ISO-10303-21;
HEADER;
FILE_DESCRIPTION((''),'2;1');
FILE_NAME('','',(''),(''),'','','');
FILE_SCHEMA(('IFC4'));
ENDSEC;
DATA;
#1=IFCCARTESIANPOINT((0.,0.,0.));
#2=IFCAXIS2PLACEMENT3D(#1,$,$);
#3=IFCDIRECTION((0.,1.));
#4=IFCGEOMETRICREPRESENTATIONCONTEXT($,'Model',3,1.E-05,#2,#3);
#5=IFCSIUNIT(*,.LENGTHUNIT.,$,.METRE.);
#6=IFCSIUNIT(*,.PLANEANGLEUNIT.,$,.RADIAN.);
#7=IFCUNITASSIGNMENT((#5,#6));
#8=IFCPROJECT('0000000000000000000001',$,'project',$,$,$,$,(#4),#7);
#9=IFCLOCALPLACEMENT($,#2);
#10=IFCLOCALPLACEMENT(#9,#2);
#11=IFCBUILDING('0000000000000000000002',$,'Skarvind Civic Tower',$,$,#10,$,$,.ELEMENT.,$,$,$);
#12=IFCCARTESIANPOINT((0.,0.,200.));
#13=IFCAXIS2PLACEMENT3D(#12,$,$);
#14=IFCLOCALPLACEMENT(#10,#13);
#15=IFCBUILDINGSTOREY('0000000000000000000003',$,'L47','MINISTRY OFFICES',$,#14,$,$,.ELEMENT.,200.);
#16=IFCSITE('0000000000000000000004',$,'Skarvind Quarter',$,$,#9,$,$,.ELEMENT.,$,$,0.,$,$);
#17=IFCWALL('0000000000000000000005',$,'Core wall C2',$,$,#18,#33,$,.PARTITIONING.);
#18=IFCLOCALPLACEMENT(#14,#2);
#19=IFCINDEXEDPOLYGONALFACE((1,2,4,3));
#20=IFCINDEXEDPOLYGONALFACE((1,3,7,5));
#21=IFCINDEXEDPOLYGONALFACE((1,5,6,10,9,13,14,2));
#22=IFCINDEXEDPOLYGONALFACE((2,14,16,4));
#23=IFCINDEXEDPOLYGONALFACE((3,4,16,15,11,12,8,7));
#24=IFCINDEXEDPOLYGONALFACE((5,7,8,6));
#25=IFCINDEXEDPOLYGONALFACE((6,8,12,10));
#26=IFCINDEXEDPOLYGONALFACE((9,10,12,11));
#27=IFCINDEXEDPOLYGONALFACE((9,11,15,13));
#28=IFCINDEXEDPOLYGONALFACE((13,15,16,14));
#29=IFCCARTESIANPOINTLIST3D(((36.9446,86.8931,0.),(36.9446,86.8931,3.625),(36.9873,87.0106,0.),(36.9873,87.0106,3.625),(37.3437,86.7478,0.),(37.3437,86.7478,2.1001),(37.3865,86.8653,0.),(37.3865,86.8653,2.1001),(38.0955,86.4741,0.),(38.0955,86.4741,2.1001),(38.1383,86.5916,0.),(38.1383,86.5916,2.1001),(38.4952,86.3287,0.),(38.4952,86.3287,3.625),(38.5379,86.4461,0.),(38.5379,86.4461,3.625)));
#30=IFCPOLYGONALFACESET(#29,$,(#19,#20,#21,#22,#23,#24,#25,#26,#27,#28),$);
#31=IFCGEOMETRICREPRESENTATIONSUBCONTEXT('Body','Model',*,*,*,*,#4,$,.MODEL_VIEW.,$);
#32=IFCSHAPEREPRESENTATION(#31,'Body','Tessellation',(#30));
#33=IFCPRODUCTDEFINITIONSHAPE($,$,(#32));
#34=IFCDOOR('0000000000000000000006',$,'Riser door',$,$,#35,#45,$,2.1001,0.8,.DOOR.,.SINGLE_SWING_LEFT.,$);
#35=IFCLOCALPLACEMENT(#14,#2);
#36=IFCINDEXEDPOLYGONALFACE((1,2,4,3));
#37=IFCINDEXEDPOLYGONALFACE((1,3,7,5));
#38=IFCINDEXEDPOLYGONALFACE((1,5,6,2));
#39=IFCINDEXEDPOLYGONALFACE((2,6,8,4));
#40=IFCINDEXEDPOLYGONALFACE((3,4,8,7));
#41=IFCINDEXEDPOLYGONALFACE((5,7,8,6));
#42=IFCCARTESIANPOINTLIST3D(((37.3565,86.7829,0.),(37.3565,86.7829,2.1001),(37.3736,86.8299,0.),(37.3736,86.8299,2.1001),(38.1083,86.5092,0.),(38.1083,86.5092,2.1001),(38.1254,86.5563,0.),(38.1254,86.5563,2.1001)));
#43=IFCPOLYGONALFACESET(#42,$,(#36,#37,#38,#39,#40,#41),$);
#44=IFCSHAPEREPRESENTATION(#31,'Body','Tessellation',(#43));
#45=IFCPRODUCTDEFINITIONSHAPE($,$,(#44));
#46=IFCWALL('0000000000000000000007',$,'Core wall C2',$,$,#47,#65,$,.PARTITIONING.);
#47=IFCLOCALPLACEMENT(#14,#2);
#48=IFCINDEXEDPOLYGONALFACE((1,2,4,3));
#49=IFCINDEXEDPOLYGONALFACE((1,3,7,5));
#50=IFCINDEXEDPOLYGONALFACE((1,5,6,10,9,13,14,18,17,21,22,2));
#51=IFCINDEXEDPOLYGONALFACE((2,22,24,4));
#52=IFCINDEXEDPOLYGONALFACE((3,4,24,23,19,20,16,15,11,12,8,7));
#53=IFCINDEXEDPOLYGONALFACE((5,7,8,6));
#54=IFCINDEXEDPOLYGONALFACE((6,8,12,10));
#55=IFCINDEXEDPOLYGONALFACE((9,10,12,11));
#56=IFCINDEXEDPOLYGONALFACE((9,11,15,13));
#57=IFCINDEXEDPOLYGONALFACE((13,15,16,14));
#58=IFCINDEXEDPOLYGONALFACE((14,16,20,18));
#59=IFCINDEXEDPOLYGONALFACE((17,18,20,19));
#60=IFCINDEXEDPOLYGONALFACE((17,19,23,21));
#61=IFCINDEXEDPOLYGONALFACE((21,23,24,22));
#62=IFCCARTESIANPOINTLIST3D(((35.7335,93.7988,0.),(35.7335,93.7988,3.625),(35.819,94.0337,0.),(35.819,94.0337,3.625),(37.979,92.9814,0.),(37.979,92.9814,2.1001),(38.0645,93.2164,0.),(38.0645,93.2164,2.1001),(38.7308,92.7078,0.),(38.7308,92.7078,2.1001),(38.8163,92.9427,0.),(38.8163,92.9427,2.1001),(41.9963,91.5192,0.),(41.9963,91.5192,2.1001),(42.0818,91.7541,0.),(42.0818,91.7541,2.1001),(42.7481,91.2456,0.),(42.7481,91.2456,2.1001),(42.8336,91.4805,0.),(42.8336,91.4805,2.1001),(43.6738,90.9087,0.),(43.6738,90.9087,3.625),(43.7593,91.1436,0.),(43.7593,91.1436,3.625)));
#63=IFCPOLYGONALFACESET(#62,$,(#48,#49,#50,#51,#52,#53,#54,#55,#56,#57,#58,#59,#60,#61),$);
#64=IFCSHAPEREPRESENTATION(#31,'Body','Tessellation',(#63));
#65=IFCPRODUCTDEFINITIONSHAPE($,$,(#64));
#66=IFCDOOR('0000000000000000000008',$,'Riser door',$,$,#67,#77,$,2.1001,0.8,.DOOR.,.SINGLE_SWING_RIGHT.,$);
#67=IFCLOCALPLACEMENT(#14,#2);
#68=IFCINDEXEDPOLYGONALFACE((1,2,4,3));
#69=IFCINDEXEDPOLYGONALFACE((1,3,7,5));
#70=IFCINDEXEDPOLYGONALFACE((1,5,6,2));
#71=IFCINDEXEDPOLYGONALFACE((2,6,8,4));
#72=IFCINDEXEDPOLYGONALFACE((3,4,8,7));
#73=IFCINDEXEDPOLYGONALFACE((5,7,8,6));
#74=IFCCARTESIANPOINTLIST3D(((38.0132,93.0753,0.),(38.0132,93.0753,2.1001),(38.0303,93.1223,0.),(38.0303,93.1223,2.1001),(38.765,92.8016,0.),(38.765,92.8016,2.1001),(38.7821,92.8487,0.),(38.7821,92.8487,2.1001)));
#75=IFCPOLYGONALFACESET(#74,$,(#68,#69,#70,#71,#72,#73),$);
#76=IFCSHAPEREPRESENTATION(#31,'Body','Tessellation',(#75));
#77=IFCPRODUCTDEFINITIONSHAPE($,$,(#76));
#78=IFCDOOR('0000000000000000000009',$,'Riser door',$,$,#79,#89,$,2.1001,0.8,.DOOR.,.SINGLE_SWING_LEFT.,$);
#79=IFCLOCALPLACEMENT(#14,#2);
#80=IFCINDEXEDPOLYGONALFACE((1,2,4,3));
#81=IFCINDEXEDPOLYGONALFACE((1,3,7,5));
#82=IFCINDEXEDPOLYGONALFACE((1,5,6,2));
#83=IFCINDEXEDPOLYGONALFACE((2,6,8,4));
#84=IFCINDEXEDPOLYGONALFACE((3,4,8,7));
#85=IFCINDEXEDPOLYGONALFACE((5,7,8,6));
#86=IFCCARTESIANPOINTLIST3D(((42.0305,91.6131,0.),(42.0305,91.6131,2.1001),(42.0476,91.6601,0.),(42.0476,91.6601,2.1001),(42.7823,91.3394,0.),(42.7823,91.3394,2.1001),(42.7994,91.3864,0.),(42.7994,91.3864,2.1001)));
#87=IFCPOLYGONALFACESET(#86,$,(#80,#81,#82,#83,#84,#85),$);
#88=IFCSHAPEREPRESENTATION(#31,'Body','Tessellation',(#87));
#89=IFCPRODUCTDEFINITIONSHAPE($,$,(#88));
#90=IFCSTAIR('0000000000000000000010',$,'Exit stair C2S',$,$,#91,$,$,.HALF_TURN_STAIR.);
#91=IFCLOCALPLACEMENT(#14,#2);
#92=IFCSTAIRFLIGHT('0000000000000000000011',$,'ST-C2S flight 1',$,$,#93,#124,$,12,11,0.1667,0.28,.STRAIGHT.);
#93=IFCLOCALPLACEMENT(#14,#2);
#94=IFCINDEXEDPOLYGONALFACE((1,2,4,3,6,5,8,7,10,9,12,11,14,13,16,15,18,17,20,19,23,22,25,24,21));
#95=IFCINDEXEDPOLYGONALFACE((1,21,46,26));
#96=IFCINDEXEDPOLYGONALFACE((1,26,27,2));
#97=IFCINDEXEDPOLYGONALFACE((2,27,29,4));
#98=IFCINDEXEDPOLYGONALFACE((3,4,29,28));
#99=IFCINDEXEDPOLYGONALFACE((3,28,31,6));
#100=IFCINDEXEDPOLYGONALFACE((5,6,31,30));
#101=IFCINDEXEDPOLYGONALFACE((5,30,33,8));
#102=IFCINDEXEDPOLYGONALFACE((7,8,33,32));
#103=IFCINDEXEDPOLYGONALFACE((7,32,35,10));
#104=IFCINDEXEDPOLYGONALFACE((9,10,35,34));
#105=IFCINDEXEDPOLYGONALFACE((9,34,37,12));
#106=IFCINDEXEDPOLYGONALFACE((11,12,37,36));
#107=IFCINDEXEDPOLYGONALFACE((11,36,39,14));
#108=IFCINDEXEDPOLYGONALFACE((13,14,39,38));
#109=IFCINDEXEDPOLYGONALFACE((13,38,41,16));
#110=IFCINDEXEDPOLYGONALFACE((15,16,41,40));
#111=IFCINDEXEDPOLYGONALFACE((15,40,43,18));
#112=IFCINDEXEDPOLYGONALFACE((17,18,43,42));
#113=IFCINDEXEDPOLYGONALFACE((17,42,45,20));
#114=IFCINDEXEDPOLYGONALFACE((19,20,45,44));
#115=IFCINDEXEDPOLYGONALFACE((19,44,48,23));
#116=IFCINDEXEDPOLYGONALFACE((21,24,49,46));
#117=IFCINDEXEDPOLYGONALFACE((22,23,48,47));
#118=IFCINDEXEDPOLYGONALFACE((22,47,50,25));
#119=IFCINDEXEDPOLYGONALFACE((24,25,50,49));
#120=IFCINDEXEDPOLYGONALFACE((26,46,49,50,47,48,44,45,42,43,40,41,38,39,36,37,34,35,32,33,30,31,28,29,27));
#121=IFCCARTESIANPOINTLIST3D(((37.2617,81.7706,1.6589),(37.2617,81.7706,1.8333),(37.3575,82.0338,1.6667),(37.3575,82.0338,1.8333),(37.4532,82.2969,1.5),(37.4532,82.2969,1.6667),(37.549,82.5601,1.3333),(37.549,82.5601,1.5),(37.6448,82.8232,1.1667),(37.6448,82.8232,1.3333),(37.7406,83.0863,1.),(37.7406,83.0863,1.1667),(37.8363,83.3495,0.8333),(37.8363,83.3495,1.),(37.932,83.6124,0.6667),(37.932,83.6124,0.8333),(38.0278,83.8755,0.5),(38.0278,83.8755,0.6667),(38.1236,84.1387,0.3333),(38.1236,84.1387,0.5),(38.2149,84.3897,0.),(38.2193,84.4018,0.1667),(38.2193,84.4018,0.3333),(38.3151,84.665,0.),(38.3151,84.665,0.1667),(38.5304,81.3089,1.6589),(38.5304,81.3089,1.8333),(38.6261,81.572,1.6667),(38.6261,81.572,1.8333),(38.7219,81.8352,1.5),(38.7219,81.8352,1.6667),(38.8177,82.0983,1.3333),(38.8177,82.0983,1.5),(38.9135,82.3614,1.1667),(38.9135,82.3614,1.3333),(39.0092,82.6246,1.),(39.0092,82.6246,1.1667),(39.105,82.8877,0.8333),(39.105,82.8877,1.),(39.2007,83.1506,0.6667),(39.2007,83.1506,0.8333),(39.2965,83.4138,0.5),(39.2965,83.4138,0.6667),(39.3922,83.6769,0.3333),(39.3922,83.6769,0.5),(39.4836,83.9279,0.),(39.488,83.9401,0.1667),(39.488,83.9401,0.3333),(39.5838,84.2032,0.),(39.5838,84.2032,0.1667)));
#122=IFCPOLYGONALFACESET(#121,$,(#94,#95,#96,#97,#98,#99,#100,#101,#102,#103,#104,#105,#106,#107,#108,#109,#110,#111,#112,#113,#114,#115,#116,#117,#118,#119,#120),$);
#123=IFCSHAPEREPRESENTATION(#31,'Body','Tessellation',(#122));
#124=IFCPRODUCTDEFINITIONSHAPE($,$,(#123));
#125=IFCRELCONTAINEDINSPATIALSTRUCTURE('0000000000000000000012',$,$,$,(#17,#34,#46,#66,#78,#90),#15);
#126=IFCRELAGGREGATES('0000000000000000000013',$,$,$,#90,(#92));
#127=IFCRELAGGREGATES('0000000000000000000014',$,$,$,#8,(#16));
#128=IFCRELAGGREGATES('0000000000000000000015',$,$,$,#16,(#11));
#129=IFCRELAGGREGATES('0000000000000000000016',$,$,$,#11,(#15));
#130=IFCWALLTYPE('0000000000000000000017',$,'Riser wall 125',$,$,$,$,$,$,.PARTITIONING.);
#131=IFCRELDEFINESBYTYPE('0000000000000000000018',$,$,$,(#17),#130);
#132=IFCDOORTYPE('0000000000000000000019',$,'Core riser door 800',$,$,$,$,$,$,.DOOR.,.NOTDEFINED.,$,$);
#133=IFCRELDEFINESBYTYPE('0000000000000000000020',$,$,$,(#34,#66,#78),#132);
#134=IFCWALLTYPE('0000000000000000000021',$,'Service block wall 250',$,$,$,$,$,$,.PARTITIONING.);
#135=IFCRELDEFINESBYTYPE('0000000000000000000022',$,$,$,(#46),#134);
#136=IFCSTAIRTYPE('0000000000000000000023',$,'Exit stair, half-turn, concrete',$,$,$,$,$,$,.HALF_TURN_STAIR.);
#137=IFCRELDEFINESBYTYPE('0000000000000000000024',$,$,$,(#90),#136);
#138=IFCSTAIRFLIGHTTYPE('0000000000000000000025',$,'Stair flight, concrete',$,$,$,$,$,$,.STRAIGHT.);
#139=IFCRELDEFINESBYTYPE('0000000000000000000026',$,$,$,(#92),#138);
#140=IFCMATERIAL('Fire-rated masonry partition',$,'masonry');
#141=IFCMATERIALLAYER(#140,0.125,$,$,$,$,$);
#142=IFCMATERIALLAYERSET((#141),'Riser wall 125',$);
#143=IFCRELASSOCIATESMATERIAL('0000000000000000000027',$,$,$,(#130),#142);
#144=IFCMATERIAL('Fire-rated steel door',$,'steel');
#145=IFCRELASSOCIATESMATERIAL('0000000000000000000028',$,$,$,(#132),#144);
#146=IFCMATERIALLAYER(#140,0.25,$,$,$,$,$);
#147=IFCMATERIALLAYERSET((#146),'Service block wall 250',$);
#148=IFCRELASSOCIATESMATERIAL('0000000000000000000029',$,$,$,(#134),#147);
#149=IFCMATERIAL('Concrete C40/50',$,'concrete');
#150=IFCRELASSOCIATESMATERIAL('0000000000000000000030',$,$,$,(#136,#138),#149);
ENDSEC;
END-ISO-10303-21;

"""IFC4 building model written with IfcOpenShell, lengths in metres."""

from ifc_helpers import new_model, si_unit, direction, frame, frame_2d, origin, place, context, subcontext, project, spatial, polyline, rectangle, outline, extrude, material, layer, layer_set, type_object, element, fill, aggregate, save


model = new_model("IFC4")

# Units and contexts
model_context = context("Model", 3, precision=1e-05, world=origin(), true_north=direction((0.0, 1.0)))
body_context = subcontext(model_context, "Body", "Model", "MODEL_VIEW")
ifc_project = project(units=[si_unit("LENGTHUNIT", "METRE"), si_unit("PLANEANGLEUNIT", "RADIAN")], contexts=[model_context])

# Site, building, storey
site_placement = place(None, origin())
site = spatial("IfcSite", under=ifc_project, at=site_placement, Name="Skarvind Quarter", CompositionType="ELEMENT", RefElevation=0.0)
building_placement = place(site_placement, origin())
building = spatial("IfcBuilding", under=site, at=building_placement, Name="Skarvind Civic Tower", CompositionType="ELEMENT")
storey_placement = place(building_placement, frame((0.0, 0.0, 200.0)))
storey = spatial("IfcBuildingStorey", under=building, at=storey_placement, Name="L47", Description="MINISTRY OFFICES", CompositionType="ELEMENT", Elevation=200.0)

# Shared definitions
ifc_material_1 = material(Name="Fire-rated masonry partition", Category="masonry")
ifc_material_2 = material(Name="Fire-rated steel door", Category="steel")

# Wall, opening, door
ifc_layer_1 = layer(ifc_material_1, 0.125)
ifc_layer_set_1 = layer_set([ifc_layer_1], Name="Riser wall 125")
wall_type_1 = type_object("IfcWallType", Name="Riser wall 125", PredefinedType="PARTITIONING", material=ifc_layer_set_1)
wall_1_placement = place(storey_placement, frame((36.9658, 86.9519, 0.0), z_axis=(0.0, 0.0, 1.0), x_axis=(0.939672, -0.342076, 0.0)))
wall_1 = element("IfcWall", 1, at=wall_1_placement, inside=storey, type_object=wall_type_1, Name="Core wall C2", PredefinedType="PARTITIONING", context=body_context, shape_type="SweptSolid", body=[
    extrude(rectangle(XDim=1.6501, YDim=0.125, at=frame_2d((0.8252, 0.0))), origin(), (0.0, 0.0, 1.0), 3.625),
])
opening_1_placement = place(wall_1_placement, frame((0.425, 0.0, 0.0)))
opening_1 = element("IfcOpeningElement", 2, at=opening_1_placement, cuts=wall_1, PredefinedType="OPENING", context=body_context, shape_type="SweptSolid", body=[
    extrude(rectangle(XDim=0.8, YDim=2.1001, at=frame_2d((0.3999, 1.05))), frame((0.0, 0.0725, 0.0), z_axis=(0.0, -1.0, 0.0), x_axis=(1.0, 0.0, 0.0)), (0.0, 0.0, 1.0), 0.145),
])
door_type_1 = type_object("IfcDoorType", Name="Core riser door 800", OperationType="NOTDEFINED", PredefinedType="DOOR", material=ifc_material_2)
door_1_placement = place(opening_1_placement, origin())
door_1 = element("IfcDoor", 3, at=door_1_placement, inside=storey, type_object=door_type_1, Name="Riser door", OperationType="SINGLE_SWING_LEFT", OverallHeight=2.1001, OverallWidth=0.8, PredefinedType="DOOR", context=body_context, shape_type="SweptSolid", body=[
    extrude(rectangle(XDim=0.8, YDim=2.1001, at=frame_2d((0.3999, 1.05))), frame((0.0, 0.0249, 0.0), z_axis=(0.0, -1.0, 0.0), x_axis=(1.0, 0.0, 0.0)), (0.0, 0.0, 1.0), 0.05),
])
fill(opening_1, door_1)

# Wall, openings, doors
ifc_layer_2 = layer(ifc_material_1, 0.25)
ifc_layer_set_2 = layer_set([ifc_layer_2], Name="Service block wall 250")
wall_type_2 = type_object("IfcWallType", Name="Service block wall 250", PredefinedType="PARTITIONING", material=ifc_layer_set_2)
wall_2_placement = place(storey_placement, frame((35.7761, 93.9163, 0.0), z_axis=(0.0, 0.0, 1.0), x_axis=(0.93969, -0.342026, 0.0)))
wall_2 = element("IfcWall", 4, at=wall_2_placement, inside=storey, type_object=wall_type_2, Name="Core wall C2", PredefinedType="PARTITIONING", context=body_context, shape_type="SweptSolid", body=[
    extrude(rectangle(XDim=8.45, YDim=0.25, at=frame_2d((4.2251, 0.0))), origin(), (0.0, 0.0, 1.0), 3.625),
])
opening_2_placement = place(wall_2_placement, frame((2.3899, 0.0, 0.0)))
opening_2 = element("IfcOpeningElement", 5, at=opening_2_placement, cuts=wall_2, PredefinedType="OPENING", context=body_context, shape_type="SweptSolid", body=[
    extrude(rectangle(XDim=0.8, YDim=2.1001, at=frame_2d((0.3999, 1.05))), frame((0.0, 0.135, 0.0), z_axis=(0.0, -1.0, 0.0), x_axis=(1.0, 0.0, 0.0)), (0.0, 0.0, 1.0), 0.27),
])
opening_3_placement = place(wall_2_placement, frame((6.665, 0.0, 0.0)))
opening_3 = element("IfcOpeningElement", 6, at=opening_3_placement, cuts=wall_2, PredefinedType="OPENING", context=body_context, shape_type="SweptSolid", body=[
    extrude(rectangle(XDim=0.8, YDim=2.1001, at=frame_2d((0.3999, 1.05))), frame((0.0, 0.135, 0.0), z_axis=(0.0, -1.0, 0.0), x_axis=(1.0, 0.0, 0.0)), (0.0, 0.0, 1.0), 0.27),
])
door_2_placement = place(opening_2_placement, origin())
door_2 = element("IfcDoor", 7, at=door_2_placement, inside=storey, type_object=door_type_1, Name="Riser door", OperationType="SINGLE_SWING_RIGHT", OverallHeight=2.1001, OverallWidth=0.8, PredefinedType="DOOR", context=body_context, shape_type="SweptSolid", body=[
    extrude(rectangle(XDim=0.8, YDim=2.1001, at=frame_2d((0.3999, 1.05))), frame((0.0, 0.0249, 0.0), z_axis=(0.0, -1.0, 0.0), x_axis=(1.0, 0.0, 0.0)), (0.0, 0.0, 1.0), 0.05),
])
fill(opening_2, door_2)
door_3_placement = place(opening_3_placement, origin())
door_3 = element("IfcDoor", 8, at=door_3_placement, inside=storey, type_object=door_type_1, Name="Riser door", OperationType="SINGLE_SWING_LEFT", OverallHeight=2.1001, OverallWidth=0.8, PredefinedType="DOOR", context=body_context, shape_type="SweptSolid", body=[
    extrude(rectangle(XDim=0.8, YDim=2.1001, at=frame_2d((0.3999, 1.05))), frame((0.0, 0.0249, 0.0), z_axis=(0.0, -1.0, 0.0), x_axis=(1.0, 0.0, 0.0)), (0.0, 0.0, 1.0), 0.05),
])
fill(opening_3, door_3)

# Stair, stair flight
ifc_material_3 = material(Name="Concrete C40/50", Category="concrete")
stair_type = type_object("IfcStairType", Name="Exit stair, half-turn, concrete", PredefinedType="HALF_TURN_STAIR", material=ifc_material_3)
stair_placement = place(storey_placement, origin())
stair = element("IfcStair", 9, at=stair_placement, inside=storey, type_object=stair_type, Name="Exit stair C2S", PredefinedType="HALF_TURN_STAIR")
stair_flight_type = type_object("IfcStairFlightType", Name="Stair flight, concrete", PredefinedType="STRAIGHT", material=ifc_material_3)
stair_flight_placement = place(storey_placement, frame((38.9495, 84.4341, 0.0), z_axis=(0.0, 0.0, 1.0), x_axis=(-0.34202, -0.939693, 0.0)))
stair_flight = element("IfcStairFlight", 10, at=stair_flight_placement, type_object=stair_flight_type, Name="ST-C2S flight 1", NumberOfRisers=12, NumberOfTreads=11, PredefinedType="STRAIGHT", RiserHeight=0.1667, TreadLength=0.28, context=body_context, shape_type="SweptSolid", body=[
    extrude(outline(polyline([(0.0, 0.0), (0.0, 0.1667), (0.28, 0.1667), (0.28, 0.3333), (0.5601, 0.3333), (0.5601, 0.5), (0.8401, 0.5), (0.8401, 0.6667), (1.1201, 0.6667), (1.1201, 0.8333), (1.3999, 0.8333), (1.3999, 1.0), (1.6799, 1.0), (1.6799, 1.1667), (1.96, 1.1667), (1.96, 1.3333), (2.24, 1.3333), (2.24, 1.5), (2.52, 1.5), (2.52, 1.6667), (2.8, 1.6667), (2.8, 1.8333), (3.0801, 1.8333), (3.0801, 2.0), (3.0801, 1.6589), (0.293, 0.0), (0.0, 0.0)])), frame((0.0, 0.675, 0.0), z_axis=(0.0, -1.0, 0.0), x_axis=(1.0, 0.0, 0.0)), (0.0, 0.0, 1.0), 1.3501),
])
aggregate(stair, [stair_flight])

save(model, "model.ifc")
